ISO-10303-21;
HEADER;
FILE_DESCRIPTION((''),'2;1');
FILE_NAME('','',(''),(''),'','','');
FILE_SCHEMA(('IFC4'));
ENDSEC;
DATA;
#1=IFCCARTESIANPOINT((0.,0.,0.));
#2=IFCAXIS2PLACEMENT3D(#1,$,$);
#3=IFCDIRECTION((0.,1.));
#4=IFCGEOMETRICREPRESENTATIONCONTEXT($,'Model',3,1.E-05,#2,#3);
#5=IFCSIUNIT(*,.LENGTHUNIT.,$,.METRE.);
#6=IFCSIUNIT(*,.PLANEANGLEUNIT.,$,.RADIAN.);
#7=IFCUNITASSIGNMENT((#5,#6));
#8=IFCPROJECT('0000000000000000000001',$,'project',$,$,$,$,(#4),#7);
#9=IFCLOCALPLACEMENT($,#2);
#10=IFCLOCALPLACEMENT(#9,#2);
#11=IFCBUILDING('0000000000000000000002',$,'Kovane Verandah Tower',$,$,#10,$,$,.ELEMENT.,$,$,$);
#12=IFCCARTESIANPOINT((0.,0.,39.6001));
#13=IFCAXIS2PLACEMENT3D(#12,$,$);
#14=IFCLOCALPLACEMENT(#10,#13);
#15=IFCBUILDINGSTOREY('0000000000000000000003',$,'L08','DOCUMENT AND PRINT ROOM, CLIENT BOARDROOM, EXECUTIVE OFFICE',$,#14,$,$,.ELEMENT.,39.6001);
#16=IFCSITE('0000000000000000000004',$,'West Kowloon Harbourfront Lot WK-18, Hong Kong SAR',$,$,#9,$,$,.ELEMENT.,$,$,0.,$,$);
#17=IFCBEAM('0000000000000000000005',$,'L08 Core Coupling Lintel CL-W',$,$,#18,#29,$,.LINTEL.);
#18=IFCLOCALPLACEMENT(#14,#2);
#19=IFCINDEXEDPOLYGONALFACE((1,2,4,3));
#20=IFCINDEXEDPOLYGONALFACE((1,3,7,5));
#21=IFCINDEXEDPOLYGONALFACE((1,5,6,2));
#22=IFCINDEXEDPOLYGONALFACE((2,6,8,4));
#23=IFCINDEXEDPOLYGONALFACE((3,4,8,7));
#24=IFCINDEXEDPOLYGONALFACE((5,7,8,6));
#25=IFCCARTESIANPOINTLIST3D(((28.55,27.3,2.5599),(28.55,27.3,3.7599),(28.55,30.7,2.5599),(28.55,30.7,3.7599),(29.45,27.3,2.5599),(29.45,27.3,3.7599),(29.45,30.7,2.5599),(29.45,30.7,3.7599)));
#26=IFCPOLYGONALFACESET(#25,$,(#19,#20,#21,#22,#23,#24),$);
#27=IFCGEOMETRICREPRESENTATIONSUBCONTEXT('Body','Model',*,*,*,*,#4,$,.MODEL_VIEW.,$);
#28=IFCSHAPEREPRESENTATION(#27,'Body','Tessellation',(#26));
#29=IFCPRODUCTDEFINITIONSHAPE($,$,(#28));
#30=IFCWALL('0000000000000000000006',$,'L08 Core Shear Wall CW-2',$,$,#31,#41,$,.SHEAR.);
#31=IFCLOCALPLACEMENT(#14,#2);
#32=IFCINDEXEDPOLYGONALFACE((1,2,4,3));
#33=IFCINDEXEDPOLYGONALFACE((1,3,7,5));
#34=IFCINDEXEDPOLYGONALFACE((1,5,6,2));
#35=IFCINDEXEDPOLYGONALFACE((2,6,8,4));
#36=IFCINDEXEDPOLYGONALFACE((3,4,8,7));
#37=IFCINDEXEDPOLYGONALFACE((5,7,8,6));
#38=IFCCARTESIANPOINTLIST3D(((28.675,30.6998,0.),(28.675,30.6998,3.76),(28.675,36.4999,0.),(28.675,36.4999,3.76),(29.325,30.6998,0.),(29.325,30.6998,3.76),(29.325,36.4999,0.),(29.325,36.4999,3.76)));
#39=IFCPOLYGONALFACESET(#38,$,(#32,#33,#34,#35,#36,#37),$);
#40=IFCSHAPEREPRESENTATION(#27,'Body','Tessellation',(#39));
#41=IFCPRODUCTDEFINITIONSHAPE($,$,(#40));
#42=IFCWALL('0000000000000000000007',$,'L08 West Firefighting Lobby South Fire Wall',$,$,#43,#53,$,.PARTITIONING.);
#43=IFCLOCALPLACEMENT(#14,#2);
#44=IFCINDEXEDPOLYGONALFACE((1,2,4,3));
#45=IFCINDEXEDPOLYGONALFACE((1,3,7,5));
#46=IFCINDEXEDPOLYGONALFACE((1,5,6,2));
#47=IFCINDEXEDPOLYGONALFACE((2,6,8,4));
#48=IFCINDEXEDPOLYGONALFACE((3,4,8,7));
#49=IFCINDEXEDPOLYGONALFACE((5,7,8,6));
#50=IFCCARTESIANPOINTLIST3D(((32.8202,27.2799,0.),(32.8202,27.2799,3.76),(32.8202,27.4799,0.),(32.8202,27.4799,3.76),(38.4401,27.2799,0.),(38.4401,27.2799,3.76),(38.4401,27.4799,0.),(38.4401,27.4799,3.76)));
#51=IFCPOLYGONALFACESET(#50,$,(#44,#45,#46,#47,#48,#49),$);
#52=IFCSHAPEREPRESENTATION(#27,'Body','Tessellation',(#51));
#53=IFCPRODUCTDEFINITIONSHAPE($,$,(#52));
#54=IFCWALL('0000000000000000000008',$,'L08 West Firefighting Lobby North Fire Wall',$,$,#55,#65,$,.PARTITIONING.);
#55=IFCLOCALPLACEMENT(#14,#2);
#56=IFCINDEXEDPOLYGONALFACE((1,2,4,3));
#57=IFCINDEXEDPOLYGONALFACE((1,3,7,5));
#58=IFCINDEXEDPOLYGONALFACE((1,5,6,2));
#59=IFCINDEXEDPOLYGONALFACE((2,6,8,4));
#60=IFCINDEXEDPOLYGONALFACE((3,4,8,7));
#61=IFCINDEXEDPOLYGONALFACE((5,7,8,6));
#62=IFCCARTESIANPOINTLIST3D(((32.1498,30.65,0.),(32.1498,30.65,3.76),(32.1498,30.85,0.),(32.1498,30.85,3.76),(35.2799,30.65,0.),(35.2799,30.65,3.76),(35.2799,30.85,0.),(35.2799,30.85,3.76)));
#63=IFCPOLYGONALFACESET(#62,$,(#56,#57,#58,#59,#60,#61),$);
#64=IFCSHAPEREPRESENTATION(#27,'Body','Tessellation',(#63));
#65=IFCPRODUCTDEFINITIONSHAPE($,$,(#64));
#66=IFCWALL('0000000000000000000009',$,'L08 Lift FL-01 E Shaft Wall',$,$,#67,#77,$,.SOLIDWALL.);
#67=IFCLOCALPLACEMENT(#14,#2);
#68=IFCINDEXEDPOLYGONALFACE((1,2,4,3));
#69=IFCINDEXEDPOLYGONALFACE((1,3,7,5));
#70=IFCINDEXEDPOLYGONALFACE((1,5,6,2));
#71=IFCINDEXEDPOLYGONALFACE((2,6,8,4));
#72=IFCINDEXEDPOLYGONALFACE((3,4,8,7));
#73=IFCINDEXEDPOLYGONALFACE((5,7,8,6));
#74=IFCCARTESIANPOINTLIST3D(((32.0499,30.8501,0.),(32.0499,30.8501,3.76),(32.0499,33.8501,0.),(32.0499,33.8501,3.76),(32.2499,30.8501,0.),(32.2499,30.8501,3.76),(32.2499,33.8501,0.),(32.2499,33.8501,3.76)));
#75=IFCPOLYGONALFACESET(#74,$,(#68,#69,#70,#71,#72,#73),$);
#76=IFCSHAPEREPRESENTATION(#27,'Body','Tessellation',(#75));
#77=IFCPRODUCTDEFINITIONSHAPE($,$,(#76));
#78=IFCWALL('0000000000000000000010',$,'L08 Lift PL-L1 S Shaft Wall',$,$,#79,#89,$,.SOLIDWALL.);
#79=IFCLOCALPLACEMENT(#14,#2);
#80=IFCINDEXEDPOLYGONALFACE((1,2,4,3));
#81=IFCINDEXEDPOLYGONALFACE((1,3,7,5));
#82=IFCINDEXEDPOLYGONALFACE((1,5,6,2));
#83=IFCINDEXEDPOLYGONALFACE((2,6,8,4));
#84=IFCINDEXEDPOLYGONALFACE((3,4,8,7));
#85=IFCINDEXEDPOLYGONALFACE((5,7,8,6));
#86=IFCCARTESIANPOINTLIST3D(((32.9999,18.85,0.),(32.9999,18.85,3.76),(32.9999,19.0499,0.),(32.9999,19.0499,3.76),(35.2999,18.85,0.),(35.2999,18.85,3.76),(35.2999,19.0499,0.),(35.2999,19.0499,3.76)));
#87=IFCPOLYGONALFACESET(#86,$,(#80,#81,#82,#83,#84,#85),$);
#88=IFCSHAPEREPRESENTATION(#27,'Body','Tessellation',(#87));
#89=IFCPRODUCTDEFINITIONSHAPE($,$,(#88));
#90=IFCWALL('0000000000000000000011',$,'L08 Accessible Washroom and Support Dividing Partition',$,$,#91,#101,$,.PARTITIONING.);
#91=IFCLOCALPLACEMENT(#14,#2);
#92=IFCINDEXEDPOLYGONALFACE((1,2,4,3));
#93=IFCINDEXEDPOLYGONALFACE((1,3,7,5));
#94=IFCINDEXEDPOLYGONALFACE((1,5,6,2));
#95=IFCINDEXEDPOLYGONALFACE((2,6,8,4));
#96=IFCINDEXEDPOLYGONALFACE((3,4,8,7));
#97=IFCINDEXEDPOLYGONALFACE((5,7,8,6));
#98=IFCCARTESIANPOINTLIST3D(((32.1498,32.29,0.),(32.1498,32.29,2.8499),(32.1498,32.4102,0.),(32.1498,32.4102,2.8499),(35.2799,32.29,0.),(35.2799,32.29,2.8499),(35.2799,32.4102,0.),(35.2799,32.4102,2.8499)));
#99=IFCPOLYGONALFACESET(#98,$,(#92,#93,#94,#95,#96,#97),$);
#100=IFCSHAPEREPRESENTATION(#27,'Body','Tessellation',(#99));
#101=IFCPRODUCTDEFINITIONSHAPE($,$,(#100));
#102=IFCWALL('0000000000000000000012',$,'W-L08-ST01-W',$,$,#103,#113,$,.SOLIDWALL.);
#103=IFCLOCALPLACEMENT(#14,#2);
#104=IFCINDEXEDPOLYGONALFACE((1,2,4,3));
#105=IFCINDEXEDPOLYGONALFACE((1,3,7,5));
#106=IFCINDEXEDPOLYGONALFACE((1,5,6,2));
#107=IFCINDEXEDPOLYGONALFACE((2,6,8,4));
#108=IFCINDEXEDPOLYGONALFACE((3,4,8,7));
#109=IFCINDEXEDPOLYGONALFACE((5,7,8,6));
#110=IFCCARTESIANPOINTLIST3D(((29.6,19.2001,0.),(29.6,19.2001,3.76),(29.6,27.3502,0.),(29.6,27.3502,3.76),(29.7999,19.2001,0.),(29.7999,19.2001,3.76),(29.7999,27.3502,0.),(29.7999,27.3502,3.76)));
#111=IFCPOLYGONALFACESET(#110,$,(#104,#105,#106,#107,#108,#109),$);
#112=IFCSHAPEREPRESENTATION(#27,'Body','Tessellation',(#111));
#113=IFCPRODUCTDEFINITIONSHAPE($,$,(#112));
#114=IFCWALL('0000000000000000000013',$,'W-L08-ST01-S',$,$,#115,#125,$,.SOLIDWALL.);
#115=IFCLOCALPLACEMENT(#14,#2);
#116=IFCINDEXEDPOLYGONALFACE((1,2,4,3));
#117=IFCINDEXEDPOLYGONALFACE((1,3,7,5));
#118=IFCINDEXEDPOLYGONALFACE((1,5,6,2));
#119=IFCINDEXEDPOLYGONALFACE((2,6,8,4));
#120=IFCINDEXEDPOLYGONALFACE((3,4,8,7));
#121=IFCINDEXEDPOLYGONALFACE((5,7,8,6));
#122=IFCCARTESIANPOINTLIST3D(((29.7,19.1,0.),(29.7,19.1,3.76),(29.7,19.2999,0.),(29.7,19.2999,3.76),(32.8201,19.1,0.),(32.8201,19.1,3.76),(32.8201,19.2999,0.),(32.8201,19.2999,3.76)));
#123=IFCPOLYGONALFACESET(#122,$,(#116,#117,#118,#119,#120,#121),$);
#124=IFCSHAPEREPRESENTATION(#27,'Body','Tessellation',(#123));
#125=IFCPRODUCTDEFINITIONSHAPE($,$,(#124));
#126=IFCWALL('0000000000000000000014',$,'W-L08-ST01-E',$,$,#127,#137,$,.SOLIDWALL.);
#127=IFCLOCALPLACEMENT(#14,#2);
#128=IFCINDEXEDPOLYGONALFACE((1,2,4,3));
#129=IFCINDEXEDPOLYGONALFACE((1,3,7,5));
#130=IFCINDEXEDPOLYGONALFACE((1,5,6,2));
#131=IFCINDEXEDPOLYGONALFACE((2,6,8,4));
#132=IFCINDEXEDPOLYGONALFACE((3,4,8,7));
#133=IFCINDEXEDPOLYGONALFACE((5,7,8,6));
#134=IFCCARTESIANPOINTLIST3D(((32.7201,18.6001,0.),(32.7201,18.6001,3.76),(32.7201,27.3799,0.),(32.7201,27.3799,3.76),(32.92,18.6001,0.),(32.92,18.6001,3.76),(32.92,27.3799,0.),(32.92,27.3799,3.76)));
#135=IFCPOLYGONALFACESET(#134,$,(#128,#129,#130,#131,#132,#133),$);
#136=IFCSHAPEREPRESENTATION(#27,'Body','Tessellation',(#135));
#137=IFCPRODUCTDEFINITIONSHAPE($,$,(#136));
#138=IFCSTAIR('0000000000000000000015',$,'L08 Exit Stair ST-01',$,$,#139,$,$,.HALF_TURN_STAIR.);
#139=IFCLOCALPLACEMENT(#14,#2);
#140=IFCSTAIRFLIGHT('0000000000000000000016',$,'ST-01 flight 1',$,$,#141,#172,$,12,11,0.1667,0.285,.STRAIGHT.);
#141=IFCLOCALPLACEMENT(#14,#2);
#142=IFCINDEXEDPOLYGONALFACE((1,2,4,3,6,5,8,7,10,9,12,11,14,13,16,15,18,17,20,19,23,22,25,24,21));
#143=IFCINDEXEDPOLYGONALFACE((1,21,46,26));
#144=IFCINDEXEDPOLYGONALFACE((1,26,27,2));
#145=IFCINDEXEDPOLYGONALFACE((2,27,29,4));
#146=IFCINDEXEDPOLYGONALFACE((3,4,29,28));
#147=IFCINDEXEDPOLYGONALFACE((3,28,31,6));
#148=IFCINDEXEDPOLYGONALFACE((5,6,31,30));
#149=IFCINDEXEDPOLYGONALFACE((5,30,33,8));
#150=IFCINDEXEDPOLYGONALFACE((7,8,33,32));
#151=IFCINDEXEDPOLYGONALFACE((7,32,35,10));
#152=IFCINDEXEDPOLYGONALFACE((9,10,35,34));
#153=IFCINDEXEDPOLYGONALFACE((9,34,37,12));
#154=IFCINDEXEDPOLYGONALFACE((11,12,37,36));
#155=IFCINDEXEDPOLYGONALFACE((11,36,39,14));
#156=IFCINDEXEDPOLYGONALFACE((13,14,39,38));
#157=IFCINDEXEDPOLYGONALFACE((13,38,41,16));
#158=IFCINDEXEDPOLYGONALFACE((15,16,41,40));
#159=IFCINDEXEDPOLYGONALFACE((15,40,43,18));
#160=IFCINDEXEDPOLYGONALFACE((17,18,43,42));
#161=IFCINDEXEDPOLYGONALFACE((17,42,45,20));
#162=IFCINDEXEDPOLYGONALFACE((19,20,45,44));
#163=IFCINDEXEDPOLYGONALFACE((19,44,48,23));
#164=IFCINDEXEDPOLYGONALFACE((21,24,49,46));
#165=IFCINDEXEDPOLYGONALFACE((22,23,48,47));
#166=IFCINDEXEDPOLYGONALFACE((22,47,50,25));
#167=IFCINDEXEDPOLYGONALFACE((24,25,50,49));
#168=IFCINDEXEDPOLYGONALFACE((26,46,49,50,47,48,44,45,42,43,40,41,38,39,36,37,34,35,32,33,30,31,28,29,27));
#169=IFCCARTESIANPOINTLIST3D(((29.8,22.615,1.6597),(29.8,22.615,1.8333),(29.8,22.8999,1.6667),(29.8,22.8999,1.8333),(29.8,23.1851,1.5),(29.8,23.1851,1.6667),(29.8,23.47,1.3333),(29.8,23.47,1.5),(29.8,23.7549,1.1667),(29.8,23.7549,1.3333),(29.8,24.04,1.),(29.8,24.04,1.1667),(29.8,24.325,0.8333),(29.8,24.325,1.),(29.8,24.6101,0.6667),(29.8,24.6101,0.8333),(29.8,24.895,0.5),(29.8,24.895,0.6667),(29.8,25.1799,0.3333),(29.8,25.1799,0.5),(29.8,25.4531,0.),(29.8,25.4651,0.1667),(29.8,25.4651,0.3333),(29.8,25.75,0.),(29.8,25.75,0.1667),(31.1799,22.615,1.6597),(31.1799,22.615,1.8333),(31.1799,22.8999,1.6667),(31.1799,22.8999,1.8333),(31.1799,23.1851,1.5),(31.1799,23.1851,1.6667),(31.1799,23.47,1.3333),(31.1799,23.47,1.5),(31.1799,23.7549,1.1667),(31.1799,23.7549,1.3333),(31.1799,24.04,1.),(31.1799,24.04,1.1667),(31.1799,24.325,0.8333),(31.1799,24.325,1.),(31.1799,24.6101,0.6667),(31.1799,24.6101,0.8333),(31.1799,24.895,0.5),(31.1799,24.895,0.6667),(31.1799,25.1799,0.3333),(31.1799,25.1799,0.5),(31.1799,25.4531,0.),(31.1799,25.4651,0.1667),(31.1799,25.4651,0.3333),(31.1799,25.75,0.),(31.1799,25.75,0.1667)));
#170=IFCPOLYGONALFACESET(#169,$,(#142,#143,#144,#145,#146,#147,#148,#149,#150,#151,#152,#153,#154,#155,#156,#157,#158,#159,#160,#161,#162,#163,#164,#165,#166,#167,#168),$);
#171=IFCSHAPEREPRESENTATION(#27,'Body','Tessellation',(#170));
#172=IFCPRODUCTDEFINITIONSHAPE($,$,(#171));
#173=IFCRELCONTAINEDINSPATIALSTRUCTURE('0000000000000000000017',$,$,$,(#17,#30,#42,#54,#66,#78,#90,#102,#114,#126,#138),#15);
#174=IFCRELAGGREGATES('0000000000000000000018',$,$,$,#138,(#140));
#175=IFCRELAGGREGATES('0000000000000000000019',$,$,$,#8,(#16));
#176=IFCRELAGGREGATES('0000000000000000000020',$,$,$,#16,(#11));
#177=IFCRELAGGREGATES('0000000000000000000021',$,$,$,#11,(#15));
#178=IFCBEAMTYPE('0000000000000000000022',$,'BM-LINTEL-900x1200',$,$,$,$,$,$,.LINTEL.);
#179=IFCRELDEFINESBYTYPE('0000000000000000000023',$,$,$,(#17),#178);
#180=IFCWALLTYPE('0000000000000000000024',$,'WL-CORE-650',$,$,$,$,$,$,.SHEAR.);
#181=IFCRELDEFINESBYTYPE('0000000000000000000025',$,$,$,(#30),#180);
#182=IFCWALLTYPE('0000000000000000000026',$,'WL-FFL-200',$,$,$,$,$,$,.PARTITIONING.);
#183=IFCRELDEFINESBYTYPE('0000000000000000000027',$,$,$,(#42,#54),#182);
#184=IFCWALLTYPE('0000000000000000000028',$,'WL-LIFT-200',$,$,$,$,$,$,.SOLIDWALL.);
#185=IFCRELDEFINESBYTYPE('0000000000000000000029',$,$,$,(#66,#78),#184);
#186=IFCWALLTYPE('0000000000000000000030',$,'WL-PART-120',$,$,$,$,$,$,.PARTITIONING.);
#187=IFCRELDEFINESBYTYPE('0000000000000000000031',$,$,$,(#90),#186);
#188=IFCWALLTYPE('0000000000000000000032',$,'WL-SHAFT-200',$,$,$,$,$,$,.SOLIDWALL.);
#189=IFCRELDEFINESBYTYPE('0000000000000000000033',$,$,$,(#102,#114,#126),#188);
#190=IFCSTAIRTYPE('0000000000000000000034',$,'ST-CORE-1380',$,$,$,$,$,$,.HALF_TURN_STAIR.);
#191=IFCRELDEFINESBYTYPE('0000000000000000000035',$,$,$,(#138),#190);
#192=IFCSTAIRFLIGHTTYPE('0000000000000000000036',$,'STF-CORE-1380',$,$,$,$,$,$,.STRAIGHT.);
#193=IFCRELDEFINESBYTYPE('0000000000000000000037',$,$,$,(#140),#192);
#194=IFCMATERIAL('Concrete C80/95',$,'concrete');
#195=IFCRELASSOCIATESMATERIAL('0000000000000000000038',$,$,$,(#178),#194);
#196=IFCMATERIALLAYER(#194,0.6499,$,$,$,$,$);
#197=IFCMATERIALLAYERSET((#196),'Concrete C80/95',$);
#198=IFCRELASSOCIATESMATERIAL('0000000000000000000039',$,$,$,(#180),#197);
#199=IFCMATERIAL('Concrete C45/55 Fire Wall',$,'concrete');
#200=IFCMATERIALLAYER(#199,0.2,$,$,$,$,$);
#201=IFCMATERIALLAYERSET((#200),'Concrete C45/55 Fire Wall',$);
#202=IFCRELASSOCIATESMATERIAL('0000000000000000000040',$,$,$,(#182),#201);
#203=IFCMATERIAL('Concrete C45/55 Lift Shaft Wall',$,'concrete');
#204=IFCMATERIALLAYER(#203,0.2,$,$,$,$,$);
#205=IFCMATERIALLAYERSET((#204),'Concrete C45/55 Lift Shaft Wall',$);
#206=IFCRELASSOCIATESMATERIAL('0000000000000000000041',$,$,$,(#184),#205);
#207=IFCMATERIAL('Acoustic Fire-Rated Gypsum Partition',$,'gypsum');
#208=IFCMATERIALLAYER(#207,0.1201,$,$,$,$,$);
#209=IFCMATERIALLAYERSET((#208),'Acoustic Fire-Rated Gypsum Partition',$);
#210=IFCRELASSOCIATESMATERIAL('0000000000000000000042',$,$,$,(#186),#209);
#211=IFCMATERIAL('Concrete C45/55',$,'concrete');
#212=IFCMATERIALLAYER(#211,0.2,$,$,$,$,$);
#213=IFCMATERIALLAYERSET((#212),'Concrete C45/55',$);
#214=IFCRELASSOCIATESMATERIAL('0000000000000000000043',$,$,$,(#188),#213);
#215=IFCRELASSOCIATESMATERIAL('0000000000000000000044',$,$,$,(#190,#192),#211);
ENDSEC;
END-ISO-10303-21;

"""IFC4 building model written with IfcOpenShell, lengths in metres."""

from ifc_helpers import new_model, si_unit, direction, frame, frame_2d, origin, origin_2d, place, context, subcontext, project, spatial, polyline, rectangle, outline, extrude, material, layer, layer_set, material_profile, profile_set, type_object, element, aggregate, save


model = new_model("IFC4")

# Units and contexts
model_context = context("Model", 3, precision=1e-05, world=origin(), true_north=direction((0.0, 1.0)))
body_context = subcontext(model_context, "Body", "Model", "MODEL_VIEW")
ifc_project = project(units=[si_unit("LENGTHUNIT", "METRE"), si_unit("PLANEANGLEUNIT", "RADIAN")], contexts=[model_context])

# Site, building, storey
site_placement = place(None, origin())
site = spatial("IfcSite", under=ifc_project, at=site_placement, Name="West Kowloon Harbourfront Lot WK-18, Hong Kong SAR", CompositionType="ELEMENT", RefElevation=0.0)
building_placement = place(site_placement, origin())
building = spatial("IfcBuilding", under=site, at=building_placement, Name="Kovane Verandah Tower", CompositionType="ELEMENT")
storey_placement = place(building_placement, frame((0.0, 0.0, 39.6001)))
storey = spatial("IfcBuildingStorey", under=building, at=storey_placement, Name="L08", Description="DOCUMENT AND PRINT ROOM, CLIENT BOARDROOM, EXECUTIVE OFFICE", CompositionType="ELEMENT", Elevation=39.6001)

# Beam
ifc_material_1 = material(Name="Concrete C80/95", Category="concrete")
ifc_material_profile = material_profile(ifc_material_1, rectangle(XDim=0.8999, YDim=1.2, at=origin_2d()), Name="RCB900x1200")
ifc_profile_set = profile_set([ifc_material_profile], Name="Concrete C80/95")
beam_type = type_object("IfcBeamType", Name="BM-LINTEL-900x1200", PredefinedType="LINTEL", material=ifc_profile_set)
beam_placement = place(storey_placement, frame((29.0, 27.3, 3.1599), z_axis=(0.0, 1.0, 0.0), x_axis=(-1.0, 0.0, 0.0)))
element("IfcBeam", 1, at=beam_placement, inside=storey, type_object=beam_type, Name="L08 Core Coupling Lintel CL-W", PredefinedType="LINTEL", context=body_context, shape_type="SweptSolid", body=[
    extrude(rectangle(XDim=0.8999, YDim=1.2, at=origin_2d()), origin(), (0.0, 0.0, 1.0), 3.3999),
])

# Wall
ifc_layer_1 = layer(ifc_material_1, 0.6499)
ifc_layer_set_1 = layer_set([ifc_layer_1], Name="Concrete C80/95")
wall_type_1 = type_object("IfcWallType", Name="WL-CORE-650", PredefinedType="SHEAR", material=ifc_layer_set_1)
wall_1_placement = place(storey_placement, frame((29.0, 30.7, 0.0), z_axis=(0.0, 0.0, 1.0), x_axis=(0.0, 1.0, 0.0)))
element("IfcWall", 2, at=wall_1_placement, inside=storey, type_object=wall_type_1, Name="L08 Core Shear Wall CW-2", PredefinedType="SHEAR", context=body_context, shape_type="SweptSolid", body=[
    extrude(rectangle(XDim=5.8, YDim=0.6499, at=frame_2d((2.8999, 0.0))), origin(), (0.0, 0.0, 1.0), 3.76),
])

# Shared definitions
ifc_material_2 = material(Name="Concrete C45/55 Fire Wall", Category="concrete")
ifc_layer_2 = layer(ifc_material_2, 0.2)
ifc_layer_set_2 = layer_set([ifc_layer_2], Name="Concrete C45/55 Fire Wall")
wall_type_2 = type_object("IfcWallType", Name="WL-FFL-200", PredefinedType="PARTITIONING", material=ifc_layer_set_2)

# Walls
wall_2_placement = place(storey_placement, frame((32.8201, 27.3799, 0.0), z_axis=(0.0, 0.0, 1.0), x_axis=(1.0, 0.0, 0.0)))
element("IfcWall", 3, at=wall_2_placement, inside=storey, type_object=wall_type_2, Name="L08 West Firefighting Lobby South Fire Wall", PredefinedType="PARTITIONING", context=body_context, shape_type="SweptSolid", body=[
    extrude(rectangle(XDim=5.6199, YDim=0.2, at=frame_2d((2.8101, 0.0))), origin(), (0.0, 0.0, 1.0), 3.76),
])
wall_3_placement = place(storey_placement, frame((32.1499, 30.75, 0.0), z_axis=(0.0, 0.0, 1.0), x_axis=(1.0, 0.0, 0.0)))
element("IfcWall", 4, at=wall_3_placement, inside=storey, type_object=wall_type_2, Name="L08 West Firefighting Lobby North Fire Wall", PredefinedType="PARTITIONING", context=body_context, shape_type="SweptSolid", body=[
    extrude(rectangle(XDim=3.1301, YDim=0.2, at=frame_2d((1.5649, 0.0))), origin(), (0.0, 0.0, 1.0), 3.76),
])

# Shared definitions
ifc_material_3 = material(Name="Concrete C45/55 Lift Shaft Wall", Category="concrete")
ifc_layer_3 = layer(ifc_material_3, 0.2)
ifc_layer_set_3 = layer_set([ifc_layer_3], Name="Concrete C45/55 Lift Shaft Wall")
wall_type_3 = type_object("IfcWallType", Name="WL-LIFT-200", PredefinedType="SOLIDWALL", material=ifc_layer_set_3)

# Walls
wall_4_placement = place(storey_placement, frame((32.1499, 30.8501, 0.0), z_axis=(0.0, 0.0, 1.0), x_axis=(0.0, 1.0, 0.0)))
element("IfcWall", 5, at=wall_4_placement, inside=storey, type_object=wall_type_3, Name="L08 Lift FL-01 E Shaft Wall", PredefinedType="SOLIDWALL", context=body_context, shape_type="SweptSolid", body=[
    extrude(rectangle(XDim=3.0, YDim=0.2, at=frame_2d((1.5, 0.0))), origin(), (0.0, 0.0, 1.0), 3.76),
])
wall_5_placement = place(storey_placement, frame((33.0, 18.95, 0.0), z_axis=(0.0, 0.0, 1.0), x_axis=(1.0, 0.0, 0.0)))
element("IfcWall", 6, at=wall_5_placement, inside=storey, type_object=wall_type_3, Name="L08 Lift PL-L1 S Shaft Wall", PredefinedType="SOLIDWALL", context=body_context, shape_type="SweptSolid", body=[
    extrude(rectangle(XDim=2.3, YDim=0.2, at=frame_2d((1.1499, 0.0))), origin(), (0.0, 0.0, 1.0), 3.76),
])
ifc_material_4 = material(Name="Acoustic Fire-Rated Gypsum Partition", Category="gypsum")
ifc_layer_4 = layer(ifc_material_4, 0.1201)
ifc_layer_set_4 = layer_set([ifc_layer_4], Name="Acoustic Fire-Rated Gypsum Partition")
wall_type_4 = type_object("IfcWallType", Name="WL-PART-120", PredefinedType="PARTITIONING", material=ifc_layer_set_4)
wall_6_placement = place(storey_placement, frame((32.1499, 32.3501, 0.0), z_axis=(0.0, 0.0, 1.0), x_axis=(1.0, 0.0, 0.0)))
element("IfcWall", 7, at=wall_6_placement, inside=storey, type_object=wall_type_4, Name="L08 Accessible Washroom and Support Dividing Partition", PredefinedType="PARTITIONING", context=body_context, shape_type="SweptSolid", body=[
    extrude(rectangle(XDim=3.1301, YDim=0.1201, at=frame_2d((1.5649, 0.0))), origin(), (0.0, 0.0, 1.0), 2.8499),
])
ifc_material_5 = material(Name="Concrete C45/55", Category="concrete")
ifc_layer_5 = layer(ifc_material_5, 0.2)
ifc_layer_set_5 = layer_set([ifc_layer_5], Name="Concrete C45/55")
wall_type_5 = type_object("IfcWallType", Name="WL-SHAFT-200", PredefinedType="SOLIDWALL", material=ifc_layer_set_5)
wall_7_placement = place(storey_placement, frame((29.7, 19.2, 0.0), z_axis=(0.0, 0.0, 1.0), x_axis=(0.0, 1.0, 0.0)))
element("IfcWall", 8, at=wall_7_placement, inside=storey, type_object=wall_type_5, Name="W-L08-ST01-W", PredefinedType="SOLIDWALL", context=body_context, shape_type="SweptSolid", body=[
    extrude(rectangle(XDim=8.1501, YDim=0.2, at=frame_2d((4.0752, 0.0))), origin(), (0.0, 0.0, 1.0), 3.76),
])
wall_8_placement = place(storey_placement, frame((29.7, 19.2, 0.0), z_axis=(0.0, 0.0, 1.0), x_axis=(1.0, 0.0, 0.0)))
element("IfcWall", 9, at=wall_8_placement, inside=storey, type_object=wall_type_5, Name="W-L08-ST01-S", PredefinedType="SOLIDWALL", context=body_context, shape_type="SweptSolid", body=[
    extrude(rectangle(XDim=3.1201, YDim=0.2, at=frame_2d((1.5601, 0.0))), origin(), (0.0, 0.0, 1.0), 3.76),
])
wall_9_placement = place(storey_placement, frame((32.8201, 18.6001, 0.0), z_axis=(0.0, 0.0, 1.0), x_axis=(0.0, 1.0, 0.0)))
element("IfcWall", 10, at=wall_9_placement, inside=storey, type_object=wall_type_5, Name="W-L08-ST01-E", PredefinedType="SOLIDWALL", context=body_context, shape_type="SweptSolid", body=[
    extrude(rectangle(XDim=8.7798, YDim=0.2, at=frame_2d((4.3899, 0.0))), origin(), (0.0, 0.0, 1.0), 3.76),
])

# Stair, stair flight
stair_type = type_object("IfcStairType", Name="ST-CORE-1380", PredefinedType="HALF_TURN_STAIR", material=ifc_material_5)
stair_placement = place(storey_placement, origin())
stair = element("IfcStair", 11, at=stair_placement, inside=storey, type_object=stair_type, Name="L08 Exit Stair ST-01", PredefinedType="HALF_TURN_STAIR")
stair_flight_type = type_object("IfcStairFlightType", Name="STF-CORE-1380", PredefinedType="STRAIGHT", material=ifc_material_5)
stair_flight_1_placement = place(storey_placement, frame((30.49, 25.75, 0.0), z_axis=(0.0, 0.0, 1.0), x_axis=(0.0, -1.0, 0.0)))
stair_flight_1 = element("IfcStairFlight", 12, at=stair_flight_1_placement, type_object=stair_flight_type, Name="ST-01 flight 1", NumberOfRisers=12, NumberOfTreads=11, PredefinedType="STRAIGHT", RiserHeight=0.1667, TreadLength=0.285, context=body_context, shape_type="SweptSolid", body=[
    extrude(outline(polyline([(0.0, 0.0), (0.0, 0.1667), (0.2849, 0.1667), (0.2849, 0.3333), (0.5701, 0.3333), (0.5701, 0.5), (0.855, 0.5), (0.855, 0.6667), (1.1399, 0.6667), (1.1399, 0.8333), (1.425, 0.8333), (1.425, 1.0), (1.71, 1.0), (1.71, 1.1667), (1.9951, 1.1667), (1.9951, 1.3333), (2.28, 1.3333), (2.28, 1.5), (2.5649, 1.5), (2.5649, 1.6667), (2.8501, 1.6667), (2.8501, 1.8333), (3.135, 1.8333), (3.135, 2.0), (3.135, 1.6597), (0.2969, 0.0), (0.0, 0.0)])), frame((0.0, 0.6899, 0.0), z_axis=(0.0, -1.0, 0.0), x_axis=(1.0, 0.0, 0.0)), (0.0, 0.0, 1.0), 1.3799),
])
aggregate(stair, [stair_flight_1])

save(model, "model.ifc")
